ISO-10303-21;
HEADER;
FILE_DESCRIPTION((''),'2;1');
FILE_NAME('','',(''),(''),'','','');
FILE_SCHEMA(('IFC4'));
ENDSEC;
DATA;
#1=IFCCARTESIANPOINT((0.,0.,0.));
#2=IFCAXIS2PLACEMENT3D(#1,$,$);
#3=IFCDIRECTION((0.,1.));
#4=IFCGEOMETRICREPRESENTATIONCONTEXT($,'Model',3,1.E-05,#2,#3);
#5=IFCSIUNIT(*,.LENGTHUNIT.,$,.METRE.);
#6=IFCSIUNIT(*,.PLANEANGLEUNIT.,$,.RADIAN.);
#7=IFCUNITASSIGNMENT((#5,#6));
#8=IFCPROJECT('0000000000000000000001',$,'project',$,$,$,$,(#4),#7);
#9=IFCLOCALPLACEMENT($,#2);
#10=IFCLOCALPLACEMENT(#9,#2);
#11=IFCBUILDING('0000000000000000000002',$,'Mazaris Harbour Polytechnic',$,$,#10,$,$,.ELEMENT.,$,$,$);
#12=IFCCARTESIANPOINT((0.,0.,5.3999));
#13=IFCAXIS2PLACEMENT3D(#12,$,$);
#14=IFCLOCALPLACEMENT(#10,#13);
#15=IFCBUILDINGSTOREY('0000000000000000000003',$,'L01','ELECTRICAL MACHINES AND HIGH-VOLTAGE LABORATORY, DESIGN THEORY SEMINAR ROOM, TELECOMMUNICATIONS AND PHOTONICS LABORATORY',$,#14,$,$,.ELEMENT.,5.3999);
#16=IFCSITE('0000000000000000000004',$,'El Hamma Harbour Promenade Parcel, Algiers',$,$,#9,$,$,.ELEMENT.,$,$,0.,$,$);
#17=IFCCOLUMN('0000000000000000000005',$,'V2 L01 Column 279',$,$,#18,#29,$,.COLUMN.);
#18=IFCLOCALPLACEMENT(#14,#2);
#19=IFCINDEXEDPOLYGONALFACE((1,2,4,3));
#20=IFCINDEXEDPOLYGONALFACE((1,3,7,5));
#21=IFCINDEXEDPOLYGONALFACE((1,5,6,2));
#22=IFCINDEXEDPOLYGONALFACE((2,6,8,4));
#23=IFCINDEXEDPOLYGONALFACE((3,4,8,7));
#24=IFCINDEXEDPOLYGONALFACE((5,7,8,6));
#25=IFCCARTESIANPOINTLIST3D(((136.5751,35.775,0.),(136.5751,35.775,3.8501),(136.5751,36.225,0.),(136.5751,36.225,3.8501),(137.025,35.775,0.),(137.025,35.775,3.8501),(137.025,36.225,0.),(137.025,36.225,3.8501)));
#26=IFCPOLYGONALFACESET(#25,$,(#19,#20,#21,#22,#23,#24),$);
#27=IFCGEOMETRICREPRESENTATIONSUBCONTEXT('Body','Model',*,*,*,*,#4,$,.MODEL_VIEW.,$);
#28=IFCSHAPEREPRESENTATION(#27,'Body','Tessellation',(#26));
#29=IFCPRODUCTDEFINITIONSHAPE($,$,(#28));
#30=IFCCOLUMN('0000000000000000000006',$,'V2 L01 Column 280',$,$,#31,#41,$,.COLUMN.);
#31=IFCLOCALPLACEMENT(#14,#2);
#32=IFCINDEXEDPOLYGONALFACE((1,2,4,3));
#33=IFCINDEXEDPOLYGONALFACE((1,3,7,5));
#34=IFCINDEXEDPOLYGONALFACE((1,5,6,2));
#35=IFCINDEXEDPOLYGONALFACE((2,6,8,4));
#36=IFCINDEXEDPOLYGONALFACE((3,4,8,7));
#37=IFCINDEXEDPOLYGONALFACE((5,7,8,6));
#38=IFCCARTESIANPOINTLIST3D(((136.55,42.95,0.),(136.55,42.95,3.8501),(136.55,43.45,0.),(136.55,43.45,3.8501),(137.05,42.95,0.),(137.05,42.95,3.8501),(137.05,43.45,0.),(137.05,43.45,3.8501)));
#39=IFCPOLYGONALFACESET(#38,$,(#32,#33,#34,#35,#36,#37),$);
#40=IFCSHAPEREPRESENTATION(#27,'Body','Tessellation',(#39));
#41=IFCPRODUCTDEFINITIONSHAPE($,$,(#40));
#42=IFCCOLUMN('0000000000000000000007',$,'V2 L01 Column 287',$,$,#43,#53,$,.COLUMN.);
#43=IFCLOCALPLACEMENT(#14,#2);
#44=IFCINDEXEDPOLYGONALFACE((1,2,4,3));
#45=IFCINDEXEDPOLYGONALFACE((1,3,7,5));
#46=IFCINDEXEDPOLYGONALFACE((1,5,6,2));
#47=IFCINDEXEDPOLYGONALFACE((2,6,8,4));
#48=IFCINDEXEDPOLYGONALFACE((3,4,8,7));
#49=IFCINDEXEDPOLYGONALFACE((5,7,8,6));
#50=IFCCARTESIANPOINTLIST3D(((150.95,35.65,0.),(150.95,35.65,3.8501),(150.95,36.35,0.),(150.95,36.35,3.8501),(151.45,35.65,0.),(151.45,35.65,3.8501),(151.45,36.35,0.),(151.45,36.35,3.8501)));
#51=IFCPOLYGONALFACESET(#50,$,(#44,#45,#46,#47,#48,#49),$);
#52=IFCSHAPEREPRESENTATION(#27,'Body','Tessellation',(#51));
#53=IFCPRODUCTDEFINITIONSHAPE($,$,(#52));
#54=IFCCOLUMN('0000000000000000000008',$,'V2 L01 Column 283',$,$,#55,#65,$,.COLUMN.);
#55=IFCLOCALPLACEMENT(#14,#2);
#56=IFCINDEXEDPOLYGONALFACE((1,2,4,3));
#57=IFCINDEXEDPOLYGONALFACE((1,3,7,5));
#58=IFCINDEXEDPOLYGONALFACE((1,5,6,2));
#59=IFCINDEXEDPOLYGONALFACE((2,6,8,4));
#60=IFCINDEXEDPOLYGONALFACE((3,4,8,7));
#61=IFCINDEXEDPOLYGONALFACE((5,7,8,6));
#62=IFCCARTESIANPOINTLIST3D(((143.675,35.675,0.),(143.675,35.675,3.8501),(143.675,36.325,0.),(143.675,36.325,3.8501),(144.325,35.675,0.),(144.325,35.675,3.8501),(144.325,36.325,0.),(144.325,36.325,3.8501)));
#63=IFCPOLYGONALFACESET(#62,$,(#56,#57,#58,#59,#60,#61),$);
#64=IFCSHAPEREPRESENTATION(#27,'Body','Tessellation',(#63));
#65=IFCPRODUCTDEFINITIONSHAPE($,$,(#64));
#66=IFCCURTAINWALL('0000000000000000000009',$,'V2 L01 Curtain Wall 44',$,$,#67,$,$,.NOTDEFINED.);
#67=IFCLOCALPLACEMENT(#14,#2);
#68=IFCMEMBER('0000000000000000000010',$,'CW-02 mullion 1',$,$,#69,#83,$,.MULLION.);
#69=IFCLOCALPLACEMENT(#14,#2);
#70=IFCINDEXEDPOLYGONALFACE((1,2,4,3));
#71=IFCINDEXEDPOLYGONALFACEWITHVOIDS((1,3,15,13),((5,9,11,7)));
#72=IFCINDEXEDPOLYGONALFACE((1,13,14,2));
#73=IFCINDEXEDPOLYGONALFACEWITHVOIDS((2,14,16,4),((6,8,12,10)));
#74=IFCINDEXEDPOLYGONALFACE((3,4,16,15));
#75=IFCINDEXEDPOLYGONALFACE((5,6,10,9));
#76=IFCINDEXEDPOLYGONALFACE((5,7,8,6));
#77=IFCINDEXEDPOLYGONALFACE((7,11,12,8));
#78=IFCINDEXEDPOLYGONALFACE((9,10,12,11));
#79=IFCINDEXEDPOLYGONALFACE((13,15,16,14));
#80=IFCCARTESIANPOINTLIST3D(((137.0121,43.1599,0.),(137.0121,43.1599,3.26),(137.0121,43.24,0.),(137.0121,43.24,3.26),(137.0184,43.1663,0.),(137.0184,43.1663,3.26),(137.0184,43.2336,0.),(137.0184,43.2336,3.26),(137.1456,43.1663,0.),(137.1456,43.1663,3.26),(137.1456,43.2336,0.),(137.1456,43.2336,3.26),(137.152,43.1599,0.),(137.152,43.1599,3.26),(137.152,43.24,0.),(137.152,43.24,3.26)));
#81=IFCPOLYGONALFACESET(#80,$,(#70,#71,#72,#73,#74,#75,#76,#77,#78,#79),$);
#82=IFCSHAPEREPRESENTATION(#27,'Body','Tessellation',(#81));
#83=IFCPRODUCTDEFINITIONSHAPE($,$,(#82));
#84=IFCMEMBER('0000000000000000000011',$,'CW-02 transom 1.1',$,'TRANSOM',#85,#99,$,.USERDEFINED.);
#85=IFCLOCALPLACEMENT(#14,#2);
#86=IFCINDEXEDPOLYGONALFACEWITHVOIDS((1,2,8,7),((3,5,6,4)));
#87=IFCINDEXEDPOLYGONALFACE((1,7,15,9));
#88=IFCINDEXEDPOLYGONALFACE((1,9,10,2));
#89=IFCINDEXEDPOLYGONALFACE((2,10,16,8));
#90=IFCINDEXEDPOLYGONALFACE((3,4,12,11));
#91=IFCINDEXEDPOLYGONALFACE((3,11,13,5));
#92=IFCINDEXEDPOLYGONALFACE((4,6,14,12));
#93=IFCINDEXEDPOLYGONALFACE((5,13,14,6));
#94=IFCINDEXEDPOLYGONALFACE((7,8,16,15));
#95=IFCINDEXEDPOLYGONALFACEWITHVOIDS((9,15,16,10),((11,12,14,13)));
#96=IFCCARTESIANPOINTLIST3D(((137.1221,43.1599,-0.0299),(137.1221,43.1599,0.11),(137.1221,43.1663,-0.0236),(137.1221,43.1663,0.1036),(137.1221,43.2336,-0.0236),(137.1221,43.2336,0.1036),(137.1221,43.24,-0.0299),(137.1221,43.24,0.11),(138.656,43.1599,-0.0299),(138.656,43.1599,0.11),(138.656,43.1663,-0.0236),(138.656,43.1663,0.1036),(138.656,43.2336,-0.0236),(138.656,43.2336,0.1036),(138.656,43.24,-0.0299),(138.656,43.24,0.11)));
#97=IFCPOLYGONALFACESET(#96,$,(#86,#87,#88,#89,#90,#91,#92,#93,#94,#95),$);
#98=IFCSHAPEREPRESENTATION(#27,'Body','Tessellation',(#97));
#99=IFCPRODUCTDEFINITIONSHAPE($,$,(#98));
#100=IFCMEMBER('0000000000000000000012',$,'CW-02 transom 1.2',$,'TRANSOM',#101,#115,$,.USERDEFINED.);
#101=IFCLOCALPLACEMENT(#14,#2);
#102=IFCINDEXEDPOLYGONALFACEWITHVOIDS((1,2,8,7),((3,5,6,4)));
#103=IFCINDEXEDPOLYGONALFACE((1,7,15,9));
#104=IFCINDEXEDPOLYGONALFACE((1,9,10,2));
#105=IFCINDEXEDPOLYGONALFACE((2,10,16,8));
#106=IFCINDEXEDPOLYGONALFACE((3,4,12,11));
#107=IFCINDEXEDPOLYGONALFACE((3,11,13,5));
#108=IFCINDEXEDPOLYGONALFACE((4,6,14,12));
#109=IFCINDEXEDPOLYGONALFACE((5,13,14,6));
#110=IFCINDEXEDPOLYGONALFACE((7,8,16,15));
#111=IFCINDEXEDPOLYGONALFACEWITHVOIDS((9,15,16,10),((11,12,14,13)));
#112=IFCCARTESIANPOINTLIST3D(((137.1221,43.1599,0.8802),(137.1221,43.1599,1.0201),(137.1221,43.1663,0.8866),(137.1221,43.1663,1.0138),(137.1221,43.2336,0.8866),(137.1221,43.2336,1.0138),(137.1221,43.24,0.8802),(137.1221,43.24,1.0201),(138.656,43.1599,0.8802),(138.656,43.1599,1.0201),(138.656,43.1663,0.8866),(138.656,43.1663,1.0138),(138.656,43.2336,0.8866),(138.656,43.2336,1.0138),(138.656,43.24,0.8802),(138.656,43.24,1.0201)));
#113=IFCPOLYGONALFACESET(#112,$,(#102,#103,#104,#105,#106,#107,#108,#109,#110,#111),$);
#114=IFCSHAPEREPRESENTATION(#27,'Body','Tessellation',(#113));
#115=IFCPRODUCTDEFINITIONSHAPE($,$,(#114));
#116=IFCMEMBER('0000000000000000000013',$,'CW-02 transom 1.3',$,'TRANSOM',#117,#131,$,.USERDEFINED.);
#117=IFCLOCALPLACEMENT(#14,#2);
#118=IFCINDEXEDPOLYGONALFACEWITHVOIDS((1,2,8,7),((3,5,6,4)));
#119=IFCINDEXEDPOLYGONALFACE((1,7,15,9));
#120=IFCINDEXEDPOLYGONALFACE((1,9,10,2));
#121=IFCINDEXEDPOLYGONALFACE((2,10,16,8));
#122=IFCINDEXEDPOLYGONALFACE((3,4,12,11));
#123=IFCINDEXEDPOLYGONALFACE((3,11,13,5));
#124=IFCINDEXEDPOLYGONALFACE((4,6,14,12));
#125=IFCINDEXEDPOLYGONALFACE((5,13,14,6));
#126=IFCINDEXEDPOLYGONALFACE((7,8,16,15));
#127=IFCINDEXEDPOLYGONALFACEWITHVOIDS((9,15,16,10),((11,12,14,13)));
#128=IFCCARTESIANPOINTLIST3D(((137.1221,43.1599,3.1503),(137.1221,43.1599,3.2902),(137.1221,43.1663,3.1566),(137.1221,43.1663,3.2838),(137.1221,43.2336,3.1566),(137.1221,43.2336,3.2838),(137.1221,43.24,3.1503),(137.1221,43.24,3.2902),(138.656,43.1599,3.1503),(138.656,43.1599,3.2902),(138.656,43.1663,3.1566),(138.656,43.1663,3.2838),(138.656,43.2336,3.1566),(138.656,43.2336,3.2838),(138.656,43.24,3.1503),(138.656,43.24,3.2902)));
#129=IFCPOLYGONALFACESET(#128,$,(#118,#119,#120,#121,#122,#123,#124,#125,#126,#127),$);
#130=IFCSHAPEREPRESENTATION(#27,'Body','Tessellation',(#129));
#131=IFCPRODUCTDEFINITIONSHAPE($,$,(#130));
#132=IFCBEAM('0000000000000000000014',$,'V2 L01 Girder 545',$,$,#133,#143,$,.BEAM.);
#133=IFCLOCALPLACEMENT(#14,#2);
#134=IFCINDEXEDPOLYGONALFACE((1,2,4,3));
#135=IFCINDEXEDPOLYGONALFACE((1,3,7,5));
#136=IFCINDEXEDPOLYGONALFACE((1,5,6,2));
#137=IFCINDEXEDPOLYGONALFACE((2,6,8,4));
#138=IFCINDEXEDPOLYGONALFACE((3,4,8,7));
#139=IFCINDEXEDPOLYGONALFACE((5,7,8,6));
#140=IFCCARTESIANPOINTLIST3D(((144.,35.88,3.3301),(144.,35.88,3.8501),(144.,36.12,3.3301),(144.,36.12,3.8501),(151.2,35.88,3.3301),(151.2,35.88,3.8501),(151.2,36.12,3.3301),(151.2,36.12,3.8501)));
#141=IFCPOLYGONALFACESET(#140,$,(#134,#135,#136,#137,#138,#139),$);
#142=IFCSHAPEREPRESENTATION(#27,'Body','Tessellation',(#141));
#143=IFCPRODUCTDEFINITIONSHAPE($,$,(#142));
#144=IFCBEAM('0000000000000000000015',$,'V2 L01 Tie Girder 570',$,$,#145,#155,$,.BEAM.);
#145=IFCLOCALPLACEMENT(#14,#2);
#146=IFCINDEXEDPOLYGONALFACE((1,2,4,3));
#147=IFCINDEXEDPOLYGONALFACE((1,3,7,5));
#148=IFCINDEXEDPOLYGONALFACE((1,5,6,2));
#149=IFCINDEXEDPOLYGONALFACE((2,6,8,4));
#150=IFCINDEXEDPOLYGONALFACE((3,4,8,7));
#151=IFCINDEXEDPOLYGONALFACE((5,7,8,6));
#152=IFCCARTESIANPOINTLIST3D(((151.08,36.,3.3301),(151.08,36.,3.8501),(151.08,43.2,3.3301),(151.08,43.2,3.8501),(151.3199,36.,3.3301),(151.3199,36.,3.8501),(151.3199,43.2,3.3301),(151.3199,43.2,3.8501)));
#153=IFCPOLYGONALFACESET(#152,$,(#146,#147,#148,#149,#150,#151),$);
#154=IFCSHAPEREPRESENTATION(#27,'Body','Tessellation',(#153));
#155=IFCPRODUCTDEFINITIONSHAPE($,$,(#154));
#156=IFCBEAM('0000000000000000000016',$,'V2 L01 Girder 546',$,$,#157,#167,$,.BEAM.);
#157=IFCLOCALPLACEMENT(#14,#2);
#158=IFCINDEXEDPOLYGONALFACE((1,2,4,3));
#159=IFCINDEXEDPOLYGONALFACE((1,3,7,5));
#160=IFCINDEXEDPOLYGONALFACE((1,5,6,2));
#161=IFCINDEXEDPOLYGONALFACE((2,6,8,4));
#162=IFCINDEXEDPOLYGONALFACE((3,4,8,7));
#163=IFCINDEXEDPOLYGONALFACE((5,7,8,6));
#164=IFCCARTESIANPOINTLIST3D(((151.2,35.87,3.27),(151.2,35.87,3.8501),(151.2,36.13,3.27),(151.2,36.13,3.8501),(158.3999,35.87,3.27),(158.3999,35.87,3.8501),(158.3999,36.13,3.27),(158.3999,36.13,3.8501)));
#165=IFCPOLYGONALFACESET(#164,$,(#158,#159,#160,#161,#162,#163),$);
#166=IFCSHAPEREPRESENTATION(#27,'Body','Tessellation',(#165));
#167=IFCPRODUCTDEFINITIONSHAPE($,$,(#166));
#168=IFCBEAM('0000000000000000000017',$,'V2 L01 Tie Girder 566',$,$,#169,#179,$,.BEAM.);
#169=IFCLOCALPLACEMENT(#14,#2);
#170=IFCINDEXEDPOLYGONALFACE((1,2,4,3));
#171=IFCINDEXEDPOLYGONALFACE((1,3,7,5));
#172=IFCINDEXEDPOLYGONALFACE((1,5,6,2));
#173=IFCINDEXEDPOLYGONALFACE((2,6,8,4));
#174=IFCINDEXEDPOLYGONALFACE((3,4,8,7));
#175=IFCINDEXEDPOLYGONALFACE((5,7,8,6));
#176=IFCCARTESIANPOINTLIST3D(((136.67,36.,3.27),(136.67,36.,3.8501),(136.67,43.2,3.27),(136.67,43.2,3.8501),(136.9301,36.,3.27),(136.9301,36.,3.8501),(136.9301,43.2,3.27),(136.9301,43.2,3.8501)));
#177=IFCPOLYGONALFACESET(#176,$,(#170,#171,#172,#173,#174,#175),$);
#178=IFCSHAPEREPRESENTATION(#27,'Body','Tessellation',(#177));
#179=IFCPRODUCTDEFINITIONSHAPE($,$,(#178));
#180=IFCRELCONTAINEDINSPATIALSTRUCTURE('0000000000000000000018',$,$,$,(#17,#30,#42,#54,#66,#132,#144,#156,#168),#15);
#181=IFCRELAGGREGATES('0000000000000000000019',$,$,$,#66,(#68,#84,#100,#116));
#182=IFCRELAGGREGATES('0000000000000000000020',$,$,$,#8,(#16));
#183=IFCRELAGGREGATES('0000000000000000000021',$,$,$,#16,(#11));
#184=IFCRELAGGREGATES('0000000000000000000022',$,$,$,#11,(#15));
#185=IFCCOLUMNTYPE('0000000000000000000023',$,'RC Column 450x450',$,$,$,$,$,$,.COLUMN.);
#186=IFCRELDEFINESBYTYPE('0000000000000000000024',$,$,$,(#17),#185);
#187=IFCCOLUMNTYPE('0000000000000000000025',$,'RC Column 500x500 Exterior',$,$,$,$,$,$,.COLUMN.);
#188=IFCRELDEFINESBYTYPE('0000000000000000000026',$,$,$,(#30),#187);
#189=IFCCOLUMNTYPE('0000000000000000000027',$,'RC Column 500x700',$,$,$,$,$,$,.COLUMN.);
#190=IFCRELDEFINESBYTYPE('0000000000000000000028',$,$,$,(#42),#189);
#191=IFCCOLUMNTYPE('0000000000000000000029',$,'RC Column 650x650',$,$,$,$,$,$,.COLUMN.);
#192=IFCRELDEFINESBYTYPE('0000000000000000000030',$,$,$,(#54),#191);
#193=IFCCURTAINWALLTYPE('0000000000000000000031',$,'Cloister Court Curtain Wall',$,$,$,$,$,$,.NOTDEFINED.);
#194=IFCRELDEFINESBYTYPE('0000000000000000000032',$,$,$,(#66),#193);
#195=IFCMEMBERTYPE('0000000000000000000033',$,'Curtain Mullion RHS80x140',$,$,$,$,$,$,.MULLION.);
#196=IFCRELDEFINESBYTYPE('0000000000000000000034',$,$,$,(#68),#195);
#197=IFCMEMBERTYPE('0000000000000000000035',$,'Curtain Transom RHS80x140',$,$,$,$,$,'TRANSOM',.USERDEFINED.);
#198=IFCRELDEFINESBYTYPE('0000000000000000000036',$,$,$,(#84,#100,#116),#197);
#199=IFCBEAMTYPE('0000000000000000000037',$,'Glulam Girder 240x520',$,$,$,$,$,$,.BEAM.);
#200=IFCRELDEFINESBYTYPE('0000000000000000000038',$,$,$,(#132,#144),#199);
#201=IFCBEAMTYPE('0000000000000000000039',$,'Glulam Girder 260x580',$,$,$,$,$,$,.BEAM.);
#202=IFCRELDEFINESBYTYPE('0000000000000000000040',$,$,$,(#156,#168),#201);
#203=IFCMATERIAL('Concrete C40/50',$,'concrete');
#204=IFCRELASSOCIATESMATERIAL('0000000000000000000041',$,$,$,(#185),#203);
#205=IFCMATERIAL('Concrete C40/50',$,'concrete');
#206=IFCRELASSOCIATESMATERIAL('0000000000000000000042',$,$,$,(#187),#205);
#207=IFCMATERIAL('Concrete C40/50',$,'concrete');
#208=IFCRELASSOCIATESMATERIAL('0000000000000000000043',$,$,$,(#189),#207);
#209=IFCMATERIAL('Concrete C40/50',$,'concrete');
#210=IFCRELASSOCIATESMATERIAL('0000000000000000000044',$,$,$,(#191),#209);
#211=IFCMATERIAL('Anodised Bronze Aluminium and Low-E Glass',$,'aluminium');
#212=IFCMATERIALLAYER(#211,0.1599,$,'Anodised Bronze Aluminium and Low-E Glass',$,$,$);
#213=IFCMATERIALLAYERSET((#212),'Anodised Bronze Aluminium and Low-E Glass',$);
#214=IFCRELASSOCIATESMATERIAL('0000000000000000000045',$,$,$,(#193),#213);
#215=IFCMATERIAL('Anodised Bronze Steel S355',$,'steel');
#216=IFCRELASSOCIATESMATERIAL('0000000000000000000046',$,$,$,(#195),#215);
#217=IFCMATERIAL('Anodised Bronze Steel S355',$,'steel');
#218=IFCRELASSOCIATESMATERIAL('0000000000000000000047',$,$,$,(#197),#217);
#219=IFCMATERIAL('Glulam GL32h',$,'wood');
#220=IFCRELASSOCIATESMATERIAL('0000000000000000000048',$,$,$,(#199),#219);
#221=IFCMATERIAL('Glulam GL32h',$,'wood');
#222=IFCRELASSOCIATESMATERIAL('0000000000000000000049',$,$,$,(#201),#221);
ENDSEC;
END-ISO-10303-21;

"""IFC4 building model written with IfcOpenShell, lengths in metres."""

from ifc_helpers import new_model, si_unit, direction, frame, origin, origin_2d, place, context, subcontext, project, spatial, rectangle, hollow_rectangle, extrude, material, layer, layer_set, material_profile, profile_set, type_object, element, aggregate, save


model = new_model("IFC4")

# Units and contexts
model_context = context("Model", 3, precision=1e-05, world=origin(), true_north=direction((0.0, 1.0)))
body_context = subcontext(model_context, "Body", "Model", "MODEL_VIEW")
ifc_project = project(units=[si_unit("LENGTHUNIT", "METRE"), si_unit("PLANEANGLEUNIT", "RADIAN")], contexts=[model_context])

# Site, building, storey
site_placement = place(None, origin())
site = spatial("IfcSite", under=ifc_project, at=site_placement, Name="El Hamma Harbour Promenade Parcel, Algiers", CompositionType="ELEMENT", RefElevation=0.0)
building_placement = place(site_placement, origin())
building = spatial("IfcBuilding", under=site, at=building_placement, Name="Mazaris Harbour Polytechnic", CompositionType="ELEMENT")
storey_placement = place(building_placement, frame((0.0, 0.0, 5.3999)))
storey = spatial("IfcBuildingStorey", under=building, at=storey_placement, Name="L01", Description="ELECTRICAL MACHINES AND HIGH-VOLTAGE LABORATORY, DESIGN THEORY SEMINAR ROOM, TELECOMMUNICATIONS AND PHOTONICS LABORATORY", CompositionType="ELEMENT", Elevation=5.3999)

# Columns
ifc_material_1 = material(Name="Concrete C40/50", Category="concrete")
ifc_material_profile_1 = material_profile(ifc_material_1, rectangle(XDim=0.45, YDim=0.45, at=origin_2d()), Name="RECT450x450")
ifc_profile_set_1 = profile_set([ifc_material_profile_1], Name="Concrete C40/50")
column_type_1 = type_object("IfcColumnType", Name="RC Column 450x450", PredefinedType="COLUMN", material=ifc_profile_set_1)
column_1_placement = place(storey_placement, frame((136.8, 36.0, 0.0), z_axis=(0.0, 0.0, 1.0), x_axis=(1.0, 0.0, 0.0)))
element("IfcColumn", 1, at=column_1_placement, inside=storey, type_object=column_type_1, Name="V2 L01 Column 279", PredefinedType="COLUMN", context=body_context, shape_type="SweptSolid", body=[
    extrude(rectangle(XDim=0.45, YDim=0.45, at=origin_2d()), origin(), (0.0, 0.0, 1.0), 3.8501),
])
ifc_material_2 = material(Name="Concrete C40/50", Category="concrete")
ifc_material_profile_2 = material_profile(ifc_material_2, rectangle(XDim=0.5, YDim=0.5, at=origin_2d()), Name="RECT500x500")
ifc_profile_set_2 = profile_set([ifc_material_profile_2], Name="Concrete C40/50")
column_type_2 = type_object("IfcColumnType", Name="RC Column 500x500 Exterior", PredefinedType="COLUMN", material=ifc_profile_set_2)
column_2_placement = place(storey_placement, frame((136.8, 43.2, 0.0), z_axis=(0.0, 0.0, 1.0), x_axis=(1.0, 0.0, 0.0)))
element("IfcColumn", 2, at=column_2_placement, inside=storey, type_object=column_type_2, Name="V2 L01 Column 280", PredefinedType="COLUMN", context=body_context, shape_type="SweptSolid", body=[
    extrude(rectangle(XDim=0.5, YDim=0.5, at=origin_2d()), origin(), (0.0, 0.0, 1.0), 3.8501),
])
ifc_material_3 = material(Name="Concrete C40/50", Category="concrete")
ifc_material_profile_3 = material_profile(ifc_material_3, rectangle(XDim=0.5, YDim=0.7, at=origin_2d()), Name="RECT500x700")
ifc_profile_set_3 = profile_set([ifc_material_profile_3], Name="Concrete C40/50")
column_type_3 = type_object("IfcColumnType", Name="RC Column 500x700", PredefinedType="COLUMN", material=ifc_profile_set_3)
column_3_placement = place(storey_placement, frame((151.2, 36.0, 0.0), z_axis=(0.0, 0.0, 1.0), x_axis=(1.0, 0.0, 0.0)))
element("IfcColumn", 3, at=column_3_placement, inside=storey, type_object=column_type_3, Name="V2 L01 Column 287", PredefinedType="COLUMN", context=body_context, shape_type="SweptSolid", body=[
    extrude(rectangle(XDim=0.5, YDim=0.7, at=origin_2d()), origin(), (0.0, 0.0, 1.0), 3.8501),
])
ifc_material_4 = material(Name="Concrete C40/50", Category="concrete")
ifc_material_profile_4 = material_profile(ifc_material_4, rectangle(XDim=0.6499, YDim=0.6499, at=origin_2d()), Name="RECT650x650")
ifc_profile_set_4 = profile_set([ifc_material_profile_4], Name="Concrete C40/50")
column_type_4 = type_object("IfcColumnType", Name="RC Column 650x650", PredefinedType="COLUMN", material=ifc_profile_set_4)
column_4_placement = place(storey_placement, frame((144.0, 36.0, 0.0), z_axis=(0.0, 0.0, 1.0), x_axis=(1.0, 0.0, 0.0)))
element("IfcColumn", 4, at=column_4_placement, inside=storey, type_object=column_type_4, Name="V2 L01 Column 283", PredefinedType="COLUMN", context=body_context, shape_type="SweptSolid", body=[
    extrude(rectangle(XDim=0.6499, YDim=0.6499, at=origin_2d()), origin(), (0.0, 0.0, 1.0), 3.8501),
])

# Curtain wall, members
ifc_material_5 = material(Name="Anodised Bronze Aluminium and Low-E Glass", Category="aluminium")
ifc_layer_1 = layer(ifc_material_5, 0.1599, Name="Anodised Bronze Aluminium and Low-E Glass")
ifc_layer_set_1 = layer_set([ifc_layer_1], Name="Anodised Bronze Aluminium and Low-E Glass")
curtain_wall_type = type_object("IfcCurtainWallType", Name="Cloister Court Curtain Wall", PredefinedType="NOTDEFINED", material=ifc_layer_set_1)
curtain_wall_placement = place(storey_placement, origin())
curtain_wall = element("IfcCurtainWall", 5, at=curtain_wall_placement, inside=storey, type_object=curtain_wall_type, Name="V2 L01 Curtain Wall 44", PredefinedType="NOTDEFINED")
ifc_material_6 = material(Name="Anodised Bronze Steel S355", Category="steel")
ifc_material_profile_5 = material_profile(ifc_material_6, hollow_rectangle(XDim=0.0801, YDim=0.1399, WallThickness=0.0063, at=origin_2d()), Name="RHS 80x140x6.3")
ifc_profile_set_5 = profile_set([ifc_material_profile_5], Name="Anodised Bronze Steel S355")
member_type_1 = type_object("IfcMemberType", Name="Curtain Mullion RHS80x140", PredefinedType="MULLION", material=ifc_profile_set_5)
member_1_placement = place(storey_placement, frame((137.082, 43.2, 0.0), z_axis=(0.0, 0.0, 1.0), x_axis=(0.0, 1.0, 0.0)))
member_1 = element("IfcMember", 6, at=member_1_placement, type_object=member_type_1, Name="CW-02 mullion 1", PredefinedType="MULLION", context=body_context, shape_type="SweptSolid", body=[
    extrude(hollow_rectangle(XDim=0.0801, YDim=0.1399, WallThickness=0.0063, at=origin_2d()), origin(), (0.0, 0.0, 1.0), 3.26),
])
ifc_material_7 = material(Name="Anodised Bronze Steel S355", Category="steel")
ifc_material_profile_6 = material_profile(ifc_material_7, hollow_rectangle(XDim=0.0801, YDim=0.1399, WallThickness=0.0063, at=origin_2d()), Name="RHS 80x140x6.3")
ifc_profile_set_6 = profile_set([ifc_material_profile_6], Name="Anodised Bronze Steel S355")
member_type_2 = type_object("IfcMemberType", Name="Curtain Transom RHS80x140", ElementType="TRANSOM", PredefinedType="USERDEFINED", material=ifc_profile_set_6)
member_2_placement = place(storey_placement, frame((137.1221, 43.2, 0.04), z_axis=(1.0, 0.0, 0.0), x_axis=(0.0, 1.0, 0.0)))
member_2 = element("IfcMember", 7, at=member_2_placement, type_object=member_type_2, Name="CW-02 transom 1.1", ObjectType="TRANSOM", PredefinedType="USERDEFINED", context=body_context, shape_type="SweptSolid", body=[
    extrude(hollow_rectangle(XDim=0.0801, YDim=0.1399, WallThickness=0.0063, at=origin_2d()), origin(), (0.0, 0.0, 1.0), 1.5339),
])
member_3_placement = place(storey_placement, frame((137.1221, 43.2, 0.9502), z_axis=(1.0, 0.0, 0.0), x_axis=(0.0, 1.0, 0.0)))
member_3 = element("IfcMember", 8, at=member_3_placement, type_object=member_type_2, Name="CW-02 transom 1.2", ObjectType="TRANSOM", PredefinedType="USERDEFINED", context=body_context, shape_type="SweptSolid", body=[
    extrude(hollow_rectangle(XDim=0.0801, YDim=0.1399, WallThickness=0.0063, at=origin_2d()), origin(), (0.0, 0.0, 1.0), 1.5339),
])
member_4_placement = place(storey_placement, frame((137.1221, 43.2, 3.2202), z_axis=(1.0, 0.0, 0.0), x_axis=(0.0, 1.0, 0.0)))
member_4 = element("IfcMember", 9, at=member_4_placement, type_object=member_type_2, Name="CW-02 transom 1.3", ObjectType="TRANSOM", PredefinedType="USERDEFINED", context=body_context, shape_type="SweptSolid", body=[
    extrude(hollow_rectangle(XDim=0.0801, YDim=0.1399, WallThickness=0.0063, at=origin_2d()), origin(), (0.0, 0.0, 1.0), 1.5339),
])
aggregate(curtain_wall, [member_1, member_2, member_3, member_4])

# Beams
ifc_material_8 = material(Name="Glulam GL32h", Category="wood")
ifc_material_profile_7 = material_profile(ifc_material_8, rectangle(XDim=0.24, YDim=0.52, at=origin_2d()), Name="RECT240x520")
ifc_profile_set_7 = profile_set([ifc_material_profile_7], Name="Glulam GL32h")
beam_type_1 = type_object("IfcBeamType", Name="Glulam Girder 240x520", PredefinedType="BEAM", material=ifc_profile_set_7)
for number, where, z_axis, x_axis, name in (
    (10, (144.0, 36.0, 3.5901), (1.0, 0.0, 0.0), (0.0, 1.0, 0.0), "V2 L01 Girder 545"),
    (11, (151.2, 36.0, 3.5901), (0.0, 1.0, 0.0), (-1.0, 0.0, 0.0), "V2 L01 Tie Girder 570"),
):
    element("IfcBeam", number, at=place(storey_placement, frame(where, z_axis=z_axis, x_axis=x_axis)), inside=storey, type_object=beam_type_1, Name=name, PredefinedType="BEAM", context=body_context, shape_type="SweptSolid", body=[
        extrude(rectangle(XDim=0.24, YDim=0.52, at=origin_2d()), origin(), (0.0, 0.0, 1.0), 7.2),
    ])
ifc_material_9 = material(Name="Glulam GL32h", Category="wood")
ifc_material_profile_8 = material_profile(ifc_material_9, rectangle(XDim=0.26, YDim=0.5801, at=origin_2d()), Name="RECT260x580")
ifc_profile_set_8 = profile_set([ifc_material_profile_8], Name="Glulam GL32h")
beam_type_2 = type_object("IfcBeamType", Name="Glulam Girder 260x580", PredefinedType="BEAM", material=ifc_profile_set_8)
for number, where, z_axis, x_axis, name in (
    (12, (151.2, 36.0, 3.5601), (1.0, 0.0, 0.0), (0.0, 1.0, 0.0), "V2 L01 Girder 546"),
    (13, (136.8, 36.0, 3.5601), (0.0, 1.0, 0.0), (-1.0, 0.0, 0.0), "V2 L01 Tie Girder 566"),
):
    element("IfcBeam", number, at=place(storey_placement, frame(where, z_axis=z_axis, x_axis=x_axis)), inside=storey, type_object=beam_type_2, Name=name, PredefinedType="BEAM", context=body_context, shape_type="SweptSolid", body=[
        extrude(rectangle(XDim=0.26, YDim=0.5801, at=origin_2d()), origin(), (0.0, 0.0, 1.0), 7.2),
    ])

save(model, "model.ifc")
